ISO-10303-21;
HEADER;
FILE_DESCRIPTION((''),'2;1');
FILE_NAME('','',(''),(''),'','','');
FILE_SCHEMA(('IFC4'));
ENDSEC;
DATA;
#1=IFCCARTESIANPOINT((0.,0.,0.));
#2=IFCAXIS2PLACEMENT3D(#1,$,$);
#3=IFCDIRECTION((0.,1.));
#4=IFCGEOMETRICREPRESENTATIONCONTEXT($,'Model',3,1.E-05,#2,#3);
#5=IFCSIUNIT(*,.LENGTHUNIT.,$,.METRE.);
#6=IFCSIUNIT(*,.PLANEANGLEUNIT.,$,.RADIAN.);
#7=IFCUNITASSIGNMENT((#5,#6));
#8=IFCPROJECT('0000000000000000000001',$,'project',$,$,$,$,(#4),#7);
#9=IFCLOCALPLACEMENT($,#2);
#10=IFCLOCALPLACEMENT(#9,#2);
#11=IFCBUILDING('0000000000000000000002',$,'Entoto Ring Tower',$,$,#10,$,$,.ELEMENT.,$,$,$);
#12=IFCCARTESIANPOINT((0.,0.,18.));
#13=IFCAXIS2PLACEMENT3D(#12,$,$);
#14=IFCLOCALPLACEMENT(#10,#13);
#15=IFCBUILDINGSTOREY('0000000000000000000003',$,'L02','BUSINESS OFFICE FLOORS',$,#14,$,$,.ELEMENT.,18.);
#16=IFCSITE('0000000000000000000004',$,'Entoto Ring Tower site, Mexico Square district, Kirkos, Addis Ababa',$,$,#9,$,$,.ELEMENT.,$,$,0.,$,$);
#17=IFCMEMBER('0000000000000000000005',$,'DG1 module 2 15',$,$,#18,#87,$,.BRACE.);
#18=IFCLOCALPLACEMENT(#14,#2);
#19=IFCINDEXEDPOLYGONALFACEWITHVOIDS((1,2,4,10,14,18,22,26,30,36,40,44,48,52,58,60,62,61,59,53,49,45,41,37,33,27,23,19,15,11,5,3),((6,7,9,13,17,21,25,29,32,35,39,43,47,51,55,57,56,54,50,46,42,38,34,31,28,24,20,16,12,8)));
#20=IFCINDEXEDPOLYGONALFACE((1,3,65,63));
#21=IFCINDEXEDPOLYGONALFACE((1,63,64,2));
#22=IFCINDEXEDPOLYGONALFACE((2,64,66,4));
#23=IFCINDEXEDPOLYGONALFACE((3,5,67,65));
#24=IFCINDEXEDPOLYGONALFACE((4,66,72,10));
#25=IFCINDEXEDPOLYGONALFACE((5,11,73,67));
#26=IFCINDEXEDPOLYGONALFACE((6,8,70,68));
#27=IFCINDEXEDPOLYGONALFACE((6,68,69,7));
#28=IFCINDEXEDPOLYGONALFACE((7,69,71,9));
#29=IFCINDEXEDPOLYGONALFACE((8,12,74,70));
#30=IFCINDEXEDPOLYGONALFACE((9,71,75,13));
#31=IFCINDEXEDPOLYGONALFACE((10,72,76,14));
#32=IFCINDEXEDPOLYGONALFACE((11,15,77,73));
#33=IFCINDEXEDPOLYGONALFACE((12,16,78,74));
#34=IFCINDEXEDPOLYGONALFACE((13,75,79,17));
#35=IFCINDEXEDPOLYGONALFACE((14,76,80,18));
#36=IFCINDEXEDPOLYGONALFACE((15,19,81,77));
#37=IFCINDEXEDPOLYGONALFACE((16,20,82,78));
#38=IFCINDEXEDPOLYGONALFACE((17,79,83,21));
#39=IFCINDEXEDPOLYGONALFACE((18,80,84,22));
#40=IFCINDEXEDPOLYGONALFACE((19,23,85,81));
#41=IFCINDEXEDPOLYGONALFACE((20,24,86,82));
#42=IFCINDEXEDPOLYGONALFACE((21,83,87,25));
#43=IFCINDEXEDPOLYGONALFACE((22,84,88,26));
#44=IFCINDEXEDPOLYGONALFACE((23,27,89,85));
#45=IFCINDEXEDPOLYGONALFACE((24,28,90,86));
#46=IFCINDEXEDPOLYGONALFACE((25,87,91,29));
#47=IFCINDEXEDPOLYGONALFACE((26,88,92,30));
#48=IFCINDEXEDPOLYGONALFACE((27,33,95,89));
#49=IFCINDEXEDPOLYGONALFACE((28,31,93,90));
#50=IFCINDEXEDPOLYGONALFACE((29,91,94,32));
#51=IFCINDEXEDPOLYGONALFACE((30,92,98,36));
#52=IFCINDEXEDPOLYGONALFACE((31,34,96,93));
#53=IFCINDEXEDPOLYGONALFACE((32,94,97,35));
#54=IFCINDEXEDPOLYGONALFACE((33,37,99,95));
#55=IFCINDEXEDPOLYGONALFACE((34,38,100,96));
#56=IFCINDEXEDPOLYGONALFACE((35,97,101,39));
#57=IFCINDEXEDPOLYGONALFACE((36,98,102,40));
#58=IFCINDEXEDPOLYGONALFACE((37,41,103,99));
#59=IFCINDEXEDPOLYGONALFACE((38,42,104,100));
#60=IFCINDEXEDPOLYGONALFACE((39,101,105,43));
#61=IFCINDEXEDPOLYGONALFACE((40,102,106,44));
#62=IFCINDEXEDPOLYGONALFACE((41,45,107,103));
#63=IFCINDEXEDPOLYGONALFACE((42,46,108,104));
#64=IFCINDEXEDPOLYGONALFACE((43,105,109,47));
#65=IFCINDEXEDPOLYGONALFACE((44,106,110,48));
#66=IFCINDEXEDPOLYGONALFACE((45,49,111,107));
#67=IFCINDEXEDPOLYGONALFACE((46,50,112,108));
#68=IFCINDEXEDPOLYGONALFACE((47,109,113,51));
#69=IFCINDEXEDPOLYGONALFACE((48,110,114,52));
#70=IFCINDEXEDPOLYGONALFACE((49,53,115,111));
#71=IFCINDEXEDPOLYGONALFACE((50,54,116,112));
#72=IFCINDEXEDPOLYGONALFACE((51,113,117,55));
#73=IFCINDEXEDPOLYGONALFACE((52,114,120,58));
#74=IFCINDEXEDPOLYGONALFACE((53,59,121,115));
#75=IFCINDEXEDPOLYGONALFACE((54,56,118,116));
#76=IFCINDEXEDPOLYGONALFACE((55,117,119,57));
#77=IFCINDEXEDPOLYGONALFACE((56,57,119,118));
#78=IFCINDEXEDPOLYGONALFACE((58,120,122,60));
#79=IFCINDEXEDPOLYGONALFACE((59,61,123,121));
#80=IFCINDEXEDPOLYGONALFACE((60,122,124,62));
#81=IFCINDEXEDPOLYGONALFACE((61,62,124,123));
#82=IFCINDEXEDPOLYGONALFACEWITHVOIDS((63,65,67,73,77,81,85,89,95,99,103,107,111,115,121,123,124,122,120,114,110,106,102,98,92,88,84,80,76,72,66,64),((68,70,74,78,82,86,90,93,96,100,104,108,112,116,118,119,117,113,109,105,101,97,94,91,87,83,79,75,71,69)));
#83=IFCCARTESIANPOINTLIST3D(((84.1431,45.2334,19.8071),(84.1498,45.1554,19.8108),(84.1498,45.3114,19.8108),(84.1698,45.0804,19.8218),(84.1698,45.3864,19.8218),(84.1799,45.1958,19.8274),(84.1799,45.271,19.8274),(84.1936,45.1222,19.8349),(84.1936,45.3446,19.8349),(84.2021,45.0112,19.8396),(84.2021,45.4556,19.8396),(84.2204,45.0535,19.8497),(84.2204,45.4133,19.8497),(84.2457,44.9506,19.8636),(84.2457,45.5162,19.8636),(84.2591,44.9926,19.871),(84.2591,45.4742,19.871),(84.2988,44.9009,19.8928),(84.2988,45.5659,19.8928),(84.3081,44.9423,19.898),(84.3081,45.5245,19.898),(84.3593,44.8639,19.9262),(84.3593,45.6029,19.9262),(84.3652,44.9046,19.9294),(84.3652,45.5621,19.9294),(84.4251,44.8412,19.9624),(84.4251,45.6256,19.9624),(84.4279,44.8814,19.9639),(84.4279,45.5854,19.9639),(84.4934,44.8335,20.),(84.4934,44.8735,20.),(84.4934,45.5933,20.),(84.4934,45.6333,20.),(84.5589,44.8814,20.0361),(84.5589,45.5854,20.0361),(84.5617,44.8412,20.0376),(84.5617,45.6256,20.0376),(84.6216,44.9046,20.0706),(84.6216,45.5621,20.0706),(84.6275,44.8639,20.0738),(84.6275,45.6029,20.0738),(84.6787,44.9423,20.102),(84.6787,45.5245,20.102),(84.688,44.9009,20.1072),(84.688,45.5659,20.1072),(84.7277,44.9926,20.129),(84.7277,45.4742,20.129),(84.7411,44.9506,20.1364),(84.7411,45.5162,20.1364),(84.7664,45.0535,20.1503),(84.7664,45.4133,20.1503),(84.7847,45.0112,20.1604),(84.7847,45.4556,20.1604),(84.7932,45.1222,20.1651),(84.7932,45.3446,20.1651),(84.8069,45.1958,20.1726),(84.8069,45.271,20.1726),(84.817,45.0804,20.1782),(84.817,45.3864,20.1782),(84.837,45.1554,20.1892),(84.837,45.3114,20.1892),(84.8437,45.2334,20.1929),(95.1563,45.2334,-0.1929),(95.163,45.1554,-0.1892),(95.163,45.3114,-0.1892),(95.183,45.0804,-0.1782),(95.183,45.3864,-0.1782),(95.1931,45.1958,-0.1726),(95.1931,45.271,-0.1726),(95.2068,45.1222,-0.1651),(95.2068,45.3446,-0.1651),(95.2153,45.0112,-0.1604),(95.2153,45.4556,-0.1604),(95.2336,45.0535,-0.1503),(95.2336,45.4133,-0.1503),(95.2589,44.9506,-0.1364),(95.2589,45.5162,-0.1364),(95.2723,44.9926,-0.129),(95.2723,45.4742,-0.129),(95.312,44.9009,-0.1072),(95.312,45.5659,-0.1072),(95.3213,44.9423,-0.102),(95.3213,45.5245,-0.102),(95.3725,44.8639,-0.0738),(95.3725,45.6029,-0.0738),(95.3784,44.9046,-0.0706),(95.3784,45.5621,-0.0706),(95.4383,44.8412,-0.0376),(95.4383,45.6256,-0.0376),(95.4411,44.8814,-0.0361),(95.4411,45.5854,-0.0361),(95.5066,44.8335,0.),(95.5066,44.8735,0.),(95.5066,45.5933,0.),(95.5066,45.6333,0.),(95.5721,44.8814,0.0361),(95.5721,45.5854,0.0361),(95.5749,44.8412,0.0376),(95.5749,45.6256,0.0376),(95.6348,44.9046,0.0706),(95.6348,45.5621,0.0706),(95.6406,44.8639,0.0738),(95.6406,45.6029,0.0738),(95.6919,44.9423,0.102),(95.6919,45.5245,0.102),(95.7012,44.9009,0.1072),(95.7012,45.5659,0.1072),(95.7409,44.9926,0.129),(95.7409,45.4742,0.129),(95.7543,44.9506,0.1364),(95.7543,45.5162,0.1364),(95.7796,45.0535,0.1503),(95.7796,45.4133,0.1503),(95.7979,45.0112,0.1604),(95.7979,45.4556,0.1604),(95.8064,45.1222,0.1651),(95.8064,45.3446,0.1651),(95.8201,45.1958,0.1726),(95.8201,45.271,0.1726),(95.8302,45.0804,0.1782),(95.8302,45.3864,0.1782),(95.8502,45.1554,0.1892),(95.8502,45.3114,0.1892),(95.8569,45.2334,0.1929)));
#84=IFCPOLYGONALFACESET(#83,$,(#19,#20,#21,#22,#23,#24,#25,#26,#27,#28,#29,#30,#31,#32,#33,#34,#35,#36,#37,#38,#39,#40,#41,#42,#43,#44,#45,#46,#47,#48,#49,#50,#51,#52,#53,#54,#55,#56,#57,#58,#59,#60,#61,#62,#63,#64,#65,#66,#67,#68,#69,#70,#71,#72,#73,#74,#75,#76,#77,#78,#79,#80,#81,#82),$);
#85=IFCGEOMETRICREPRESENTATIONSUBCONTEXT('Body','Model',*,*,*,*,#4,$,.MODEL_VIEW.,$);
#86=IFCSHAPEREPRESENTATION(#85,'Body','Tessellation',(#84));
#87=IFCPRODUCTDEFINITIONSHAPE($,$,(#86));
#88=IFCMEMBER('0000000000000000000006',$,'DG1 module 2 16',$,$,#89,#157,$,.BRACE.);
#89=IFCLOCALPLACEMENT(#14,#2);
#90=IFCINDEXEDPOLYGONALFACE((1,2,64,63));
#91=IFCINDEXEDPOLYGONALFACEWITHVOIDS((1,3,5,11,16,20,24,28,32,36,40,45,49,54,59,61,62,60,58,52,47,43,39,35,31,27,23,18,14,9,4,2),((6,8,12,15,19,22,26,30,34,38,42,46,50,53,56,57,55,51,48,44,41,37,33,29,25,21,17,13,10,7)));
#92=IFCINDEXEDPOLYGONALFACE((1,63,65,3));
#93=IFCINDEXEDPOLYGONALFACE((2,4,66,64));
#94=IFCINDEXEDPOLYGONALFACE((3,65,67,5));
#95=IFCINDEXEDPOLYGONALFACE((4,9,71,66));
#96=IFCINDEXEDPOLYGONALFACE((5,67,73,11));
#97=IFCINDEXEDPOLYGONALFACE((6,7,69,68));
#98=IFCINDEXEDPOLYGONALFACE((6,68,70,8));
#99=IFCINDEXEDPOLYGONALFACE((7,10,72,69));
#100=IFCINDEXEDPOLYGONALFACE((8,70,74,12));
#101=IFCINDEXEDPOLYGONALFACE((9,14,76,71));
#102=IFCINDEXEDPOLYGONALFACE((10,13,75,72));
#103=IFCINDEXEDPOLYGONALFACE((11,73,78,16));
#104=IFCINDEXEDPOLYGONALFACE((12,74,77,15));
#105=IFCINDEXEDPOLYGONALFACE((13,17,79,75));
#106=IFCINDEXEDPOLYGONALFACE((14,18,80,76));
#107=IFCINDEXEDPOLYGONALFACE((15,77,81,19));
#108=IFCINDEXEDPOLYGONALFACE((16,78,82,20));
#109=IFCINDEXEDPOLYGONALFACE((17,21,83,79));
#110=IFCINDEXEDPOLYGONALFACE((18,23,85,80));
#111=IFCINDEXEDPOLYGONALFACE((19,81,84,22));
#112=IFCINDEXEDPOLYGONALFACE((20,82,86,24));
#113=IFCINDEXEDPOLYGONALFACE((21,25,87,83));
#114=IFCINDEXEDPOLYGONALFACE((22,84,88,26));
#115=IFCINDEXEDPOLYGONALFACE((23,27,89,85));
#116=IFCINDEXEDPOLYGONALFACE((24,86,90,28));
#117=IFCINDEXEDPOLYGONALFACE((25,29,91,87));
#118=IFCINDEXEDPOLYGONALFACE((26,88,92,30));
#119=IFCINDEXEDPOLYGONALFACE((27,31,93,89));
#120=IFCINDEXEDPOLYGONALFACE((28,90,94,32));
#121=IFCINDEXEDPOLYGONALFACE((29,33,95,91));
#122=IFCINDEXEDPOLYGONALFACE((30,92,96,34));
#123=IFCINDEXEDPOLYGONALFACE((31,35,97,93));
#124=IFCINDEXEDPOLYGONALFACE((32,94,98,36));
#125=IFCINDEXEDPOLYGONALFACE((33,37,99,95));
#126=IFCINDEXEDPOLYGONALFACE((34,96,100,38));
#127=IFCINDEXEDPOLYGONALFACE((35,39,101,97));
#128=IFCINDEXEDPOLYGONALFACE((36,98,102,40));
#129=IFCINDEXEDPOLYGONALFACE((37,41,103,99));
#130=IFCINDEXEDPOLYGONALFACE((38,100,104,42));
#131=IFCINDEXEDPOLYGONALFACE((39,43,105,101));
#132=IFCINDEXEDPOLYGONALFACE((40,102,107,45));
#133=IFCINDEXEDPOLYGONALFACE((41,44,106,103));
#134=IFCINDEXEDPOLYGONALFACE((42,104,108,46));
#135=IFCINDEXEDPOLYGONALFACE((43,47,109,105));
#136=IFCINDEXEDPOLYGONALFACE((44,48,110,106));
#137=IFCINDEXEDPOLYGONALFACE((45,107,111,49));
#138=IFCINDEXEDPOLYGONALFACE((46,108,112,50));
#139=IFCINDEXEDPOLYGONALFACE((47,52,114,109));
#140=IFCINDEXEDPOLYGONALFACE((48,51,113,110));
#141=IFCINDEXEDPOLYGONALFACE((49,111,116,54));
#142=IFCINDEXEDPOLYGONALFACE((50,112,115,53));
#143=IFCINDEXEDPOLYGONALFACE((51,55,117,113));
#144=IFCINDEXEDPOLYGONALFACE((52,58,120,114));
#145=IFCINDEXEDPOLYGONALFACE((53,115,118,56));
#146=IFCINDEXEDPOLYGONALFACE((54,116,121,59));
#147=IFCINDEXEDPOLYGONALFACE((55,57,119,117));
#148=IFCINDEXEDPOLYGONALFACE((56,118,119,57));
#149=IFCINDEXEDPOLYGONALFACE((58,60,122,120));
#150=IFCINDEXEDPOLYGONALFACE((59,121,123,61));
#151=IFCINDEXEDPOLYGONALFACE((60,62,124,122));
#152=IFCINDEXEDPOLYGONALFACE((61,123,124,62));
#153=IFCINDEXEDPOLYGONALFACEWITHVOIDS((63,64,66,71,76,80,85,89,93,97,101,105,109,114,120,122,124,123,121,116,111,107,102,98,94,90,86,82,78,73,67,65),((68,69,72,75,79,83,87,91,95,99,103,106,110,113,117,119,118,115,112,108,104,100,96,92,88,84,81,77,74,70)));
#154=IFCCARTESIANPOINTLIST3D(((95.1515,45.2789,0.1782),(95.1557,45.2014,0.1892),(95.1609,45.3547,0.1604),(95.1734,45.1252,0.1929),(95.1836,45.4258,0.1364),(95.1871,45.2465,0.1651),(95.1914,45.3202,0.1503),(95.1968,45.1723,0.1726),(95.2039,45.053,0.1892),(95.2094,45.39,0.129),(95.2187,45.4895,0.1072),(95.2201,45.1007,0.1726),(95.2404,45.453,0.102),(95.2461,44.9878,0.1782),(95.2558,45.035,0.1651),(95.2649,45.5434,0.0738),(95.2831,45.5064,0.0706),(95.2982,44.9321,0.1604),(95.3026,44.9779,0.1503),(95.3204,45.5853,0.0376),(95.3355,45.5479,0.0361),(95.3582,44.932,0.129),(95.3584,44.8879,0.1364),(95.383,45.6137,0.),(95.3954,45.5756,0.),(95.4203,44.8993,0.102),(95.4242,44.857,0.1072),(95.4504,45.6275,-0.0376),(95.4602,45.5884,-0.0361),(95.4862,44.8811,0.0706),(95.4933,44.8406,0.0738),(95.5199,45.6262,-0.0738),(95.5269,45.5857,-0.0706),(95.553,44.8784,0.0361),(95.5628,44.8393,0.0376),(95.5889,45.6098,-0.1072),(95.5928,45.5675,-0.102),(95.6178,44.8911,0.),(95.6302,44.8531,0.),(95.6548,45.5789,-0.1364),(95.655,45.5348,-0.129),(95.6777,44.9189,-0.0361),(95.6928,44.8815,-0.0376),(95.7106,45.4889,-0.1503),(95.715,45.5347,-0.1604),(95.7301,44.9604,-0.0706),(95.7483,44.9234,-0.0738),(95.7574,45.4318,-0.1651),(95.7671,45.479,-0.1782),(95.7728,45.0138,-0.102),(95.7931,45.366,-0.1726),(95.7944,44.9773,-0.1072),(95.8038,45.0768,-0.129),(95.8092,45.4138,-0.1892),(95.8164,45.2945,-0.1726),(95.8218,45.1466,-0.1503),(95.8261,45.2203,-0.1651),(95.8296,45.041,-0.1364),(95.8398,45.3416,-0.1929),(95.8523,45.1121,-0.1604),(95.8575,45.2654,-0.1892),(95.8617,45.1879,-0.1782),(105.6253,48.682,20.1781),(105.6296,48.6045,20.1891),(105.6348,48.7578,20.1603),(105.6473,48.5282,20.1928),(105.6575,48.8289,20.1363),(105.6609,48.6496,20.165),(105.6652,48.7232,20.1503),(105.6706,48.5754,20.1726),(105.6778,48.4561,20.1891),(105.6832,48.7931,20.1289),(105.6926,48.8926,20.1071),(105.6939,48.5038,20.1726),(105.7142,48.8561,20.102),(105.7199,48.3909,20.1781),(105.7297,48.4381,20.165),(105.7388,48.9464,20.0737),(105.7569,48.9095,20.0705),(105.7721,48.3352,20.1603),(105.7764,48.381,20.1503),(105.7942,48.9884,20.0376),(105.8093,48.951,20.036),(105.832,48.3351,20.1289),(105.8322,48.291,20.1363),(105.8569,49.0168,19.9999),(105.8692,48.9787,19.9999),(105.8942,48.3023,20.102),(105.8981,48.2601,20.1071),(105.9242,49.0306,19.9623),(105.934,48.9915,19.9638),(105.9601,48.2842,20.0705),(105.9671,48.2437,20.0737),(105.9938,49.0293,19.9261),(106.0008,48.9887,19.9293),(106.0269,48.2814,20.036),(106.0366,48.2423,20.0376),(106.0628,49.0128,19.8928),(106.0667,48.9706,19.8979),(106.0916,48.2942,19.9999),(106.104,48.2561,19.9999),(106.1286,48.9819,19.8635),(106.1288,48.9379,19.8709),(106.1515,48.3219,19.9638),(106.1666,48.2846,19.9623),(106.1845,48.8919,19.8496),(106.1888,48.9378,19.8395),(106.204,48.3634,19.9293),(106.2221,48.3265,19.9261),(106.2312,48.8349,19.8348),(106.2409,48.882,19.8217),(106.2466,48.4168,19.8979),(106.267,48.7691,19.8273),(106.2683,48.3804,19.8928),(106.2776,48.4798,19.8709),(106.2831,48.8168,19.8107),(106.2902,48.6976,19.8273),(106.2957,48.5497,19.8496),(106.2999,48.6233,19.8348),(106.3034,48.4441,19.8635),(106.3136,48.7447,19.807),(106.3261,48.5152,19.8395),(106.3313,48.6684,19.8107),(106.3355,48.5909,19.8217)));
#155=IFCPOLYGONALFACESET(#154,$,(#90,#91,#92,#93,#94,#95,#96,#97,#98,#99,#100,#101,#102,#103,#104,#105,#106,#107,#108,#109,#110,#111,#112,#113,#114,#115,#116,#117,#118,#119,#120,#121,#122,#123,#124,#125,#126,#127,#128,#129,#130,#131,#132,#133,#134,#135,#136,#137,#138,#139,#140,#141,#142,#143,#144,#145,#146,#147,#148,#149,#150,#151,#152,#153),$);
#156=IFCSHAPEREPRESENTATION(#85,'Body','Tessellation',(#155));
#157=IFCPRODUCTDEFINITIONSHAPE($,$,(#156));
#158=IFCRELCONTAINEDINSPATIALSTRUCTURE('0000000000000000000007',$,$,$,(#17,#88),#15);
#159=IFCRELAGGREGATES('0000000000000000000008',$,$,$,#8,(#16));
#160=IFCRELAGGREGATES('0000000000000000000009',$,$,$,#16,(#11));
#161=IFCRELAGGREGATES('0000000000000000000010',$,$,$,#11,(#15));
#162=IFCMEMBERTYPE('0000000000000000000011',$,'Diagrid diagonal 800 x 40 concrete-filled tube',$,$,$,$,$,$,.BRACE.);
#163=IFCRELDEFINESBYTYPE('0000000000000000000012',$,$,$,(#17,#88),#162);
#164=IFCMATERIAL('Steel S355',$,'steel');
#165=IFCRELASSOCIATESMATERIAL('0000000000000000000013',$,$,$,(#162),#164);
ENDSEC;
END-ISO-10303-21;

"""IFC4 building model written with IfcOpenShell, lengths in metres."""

from ifc_helpers import new_model, si_unit, direction, frame, origin, origin_2d, place, context, subcontext, project, spatial, circle, hollow_circle, extrude, material, material_profile, profile_set, type_object, element, save


model = new_model("IFC4")

# Units and contexts
model_context = context("Model", 3, precision=1e-05, world=origin(), true_north=direction((0.0, 1.0)))
body_context = subcontext(model_context, "Body", "Model", "MODEL_VIEW")
ifc_project = project(units=[si_unit("LENGTHUNIT", "METRE"), si_unit("PLANEANGLEUNIT", "RADIAN")], contexts=[model_context])

# Site, building, storey
site_placement = place(None, origin())
site = spatial("IfcSite", under=ifc_project, at=site_placement, Name="Entoto Ring Tower site, Mexico Square district, Kirkos, Addis Ababa", CompositionType="ELEMENT", RefElevation=0.0)
building_placement = place(site_placement, origin())
building = spatial("IfcBuilding", under=site, at=building_placement, Name="Entoto Ring Tower", CompositionType="ELEMENT")
storey_placement = place(building_placement, frame((0.0, 0.0, 18.0)))
storey = spatial("IfcBuildingStorey", under=building, at=storey_placement, Name="L02", Description="BUSINESS OFFICE FLOORS", CompositionType="ELEMENT", Elevation=18.0)

# Members
ifc_material_1 = material(Name="Steel S355", Category="steel")
ifc_material_profile_1 = material_profile(ifc_material_1, hollow_circle(Radius=0.3999, WallThickness=0.04, at=origin_2d()), Name="CHS 800 x 40")
ifc_material_2 = material(Name="Concrete C60/75", Category="concrete")
ifc_material_profile_2 = material_profile(ifc_material_2, circle(Radius=0.3601, at=origin_2d()), Name="Concrete C60/75 infill")
ifc_profile_set_1 = profile_set([ifc_material_profile_1, ifc_material_profile_2], Name="Steel S355")
member_type_1 = type_object("IfcMemberType", Name="Diagrid diagonal 800 x 40 concrete-filled tube", PredefinedType="BRACE", material=ifc_profile_set_1)
member_1_placement = place(storey_placement, frame((95.5066, 45.2334, 0.0), z_axis=(-0.482362, 0.0, 0.875972), x_axis=(0.0, -1.0, 0.0)))
element("IfcMember", 1, at=member_1_placement, inside=storey, type_object=member_type_1, Name="DG1 module 2 15", PredefinedType="BRACE", context=body_context, shape_type="SweptSolid", body=[
    extrude(hollow_circle(Radius=0.3999, WallThickness=0.04, at=origin_2d()), origin(), (0.0, 0.0, 1.0), 22.8318),
])
member_2_placement = place(storey_placement, frame((95.5066, 45.2334, 0.0), z_axis=(0.458744, 0.149051, 0.875978), x_axis=(-0.309009, 0.951059, 0.0)))
element("IfcMember", 2, at=member_2_placement, inside=storey, type_object=member_type_1, Name="DG1 module 2 16", PredefinedType="BRACE", context=body_context, shape_type="SweptSolid", body=[
    extrude(hollow_circle(Radius=0.3999, WallThickness=0.04, at=origin_2d()), origin(), (0.0, 0.0, 1.0), 22.8315),
])

save(model, "model.ifc")
